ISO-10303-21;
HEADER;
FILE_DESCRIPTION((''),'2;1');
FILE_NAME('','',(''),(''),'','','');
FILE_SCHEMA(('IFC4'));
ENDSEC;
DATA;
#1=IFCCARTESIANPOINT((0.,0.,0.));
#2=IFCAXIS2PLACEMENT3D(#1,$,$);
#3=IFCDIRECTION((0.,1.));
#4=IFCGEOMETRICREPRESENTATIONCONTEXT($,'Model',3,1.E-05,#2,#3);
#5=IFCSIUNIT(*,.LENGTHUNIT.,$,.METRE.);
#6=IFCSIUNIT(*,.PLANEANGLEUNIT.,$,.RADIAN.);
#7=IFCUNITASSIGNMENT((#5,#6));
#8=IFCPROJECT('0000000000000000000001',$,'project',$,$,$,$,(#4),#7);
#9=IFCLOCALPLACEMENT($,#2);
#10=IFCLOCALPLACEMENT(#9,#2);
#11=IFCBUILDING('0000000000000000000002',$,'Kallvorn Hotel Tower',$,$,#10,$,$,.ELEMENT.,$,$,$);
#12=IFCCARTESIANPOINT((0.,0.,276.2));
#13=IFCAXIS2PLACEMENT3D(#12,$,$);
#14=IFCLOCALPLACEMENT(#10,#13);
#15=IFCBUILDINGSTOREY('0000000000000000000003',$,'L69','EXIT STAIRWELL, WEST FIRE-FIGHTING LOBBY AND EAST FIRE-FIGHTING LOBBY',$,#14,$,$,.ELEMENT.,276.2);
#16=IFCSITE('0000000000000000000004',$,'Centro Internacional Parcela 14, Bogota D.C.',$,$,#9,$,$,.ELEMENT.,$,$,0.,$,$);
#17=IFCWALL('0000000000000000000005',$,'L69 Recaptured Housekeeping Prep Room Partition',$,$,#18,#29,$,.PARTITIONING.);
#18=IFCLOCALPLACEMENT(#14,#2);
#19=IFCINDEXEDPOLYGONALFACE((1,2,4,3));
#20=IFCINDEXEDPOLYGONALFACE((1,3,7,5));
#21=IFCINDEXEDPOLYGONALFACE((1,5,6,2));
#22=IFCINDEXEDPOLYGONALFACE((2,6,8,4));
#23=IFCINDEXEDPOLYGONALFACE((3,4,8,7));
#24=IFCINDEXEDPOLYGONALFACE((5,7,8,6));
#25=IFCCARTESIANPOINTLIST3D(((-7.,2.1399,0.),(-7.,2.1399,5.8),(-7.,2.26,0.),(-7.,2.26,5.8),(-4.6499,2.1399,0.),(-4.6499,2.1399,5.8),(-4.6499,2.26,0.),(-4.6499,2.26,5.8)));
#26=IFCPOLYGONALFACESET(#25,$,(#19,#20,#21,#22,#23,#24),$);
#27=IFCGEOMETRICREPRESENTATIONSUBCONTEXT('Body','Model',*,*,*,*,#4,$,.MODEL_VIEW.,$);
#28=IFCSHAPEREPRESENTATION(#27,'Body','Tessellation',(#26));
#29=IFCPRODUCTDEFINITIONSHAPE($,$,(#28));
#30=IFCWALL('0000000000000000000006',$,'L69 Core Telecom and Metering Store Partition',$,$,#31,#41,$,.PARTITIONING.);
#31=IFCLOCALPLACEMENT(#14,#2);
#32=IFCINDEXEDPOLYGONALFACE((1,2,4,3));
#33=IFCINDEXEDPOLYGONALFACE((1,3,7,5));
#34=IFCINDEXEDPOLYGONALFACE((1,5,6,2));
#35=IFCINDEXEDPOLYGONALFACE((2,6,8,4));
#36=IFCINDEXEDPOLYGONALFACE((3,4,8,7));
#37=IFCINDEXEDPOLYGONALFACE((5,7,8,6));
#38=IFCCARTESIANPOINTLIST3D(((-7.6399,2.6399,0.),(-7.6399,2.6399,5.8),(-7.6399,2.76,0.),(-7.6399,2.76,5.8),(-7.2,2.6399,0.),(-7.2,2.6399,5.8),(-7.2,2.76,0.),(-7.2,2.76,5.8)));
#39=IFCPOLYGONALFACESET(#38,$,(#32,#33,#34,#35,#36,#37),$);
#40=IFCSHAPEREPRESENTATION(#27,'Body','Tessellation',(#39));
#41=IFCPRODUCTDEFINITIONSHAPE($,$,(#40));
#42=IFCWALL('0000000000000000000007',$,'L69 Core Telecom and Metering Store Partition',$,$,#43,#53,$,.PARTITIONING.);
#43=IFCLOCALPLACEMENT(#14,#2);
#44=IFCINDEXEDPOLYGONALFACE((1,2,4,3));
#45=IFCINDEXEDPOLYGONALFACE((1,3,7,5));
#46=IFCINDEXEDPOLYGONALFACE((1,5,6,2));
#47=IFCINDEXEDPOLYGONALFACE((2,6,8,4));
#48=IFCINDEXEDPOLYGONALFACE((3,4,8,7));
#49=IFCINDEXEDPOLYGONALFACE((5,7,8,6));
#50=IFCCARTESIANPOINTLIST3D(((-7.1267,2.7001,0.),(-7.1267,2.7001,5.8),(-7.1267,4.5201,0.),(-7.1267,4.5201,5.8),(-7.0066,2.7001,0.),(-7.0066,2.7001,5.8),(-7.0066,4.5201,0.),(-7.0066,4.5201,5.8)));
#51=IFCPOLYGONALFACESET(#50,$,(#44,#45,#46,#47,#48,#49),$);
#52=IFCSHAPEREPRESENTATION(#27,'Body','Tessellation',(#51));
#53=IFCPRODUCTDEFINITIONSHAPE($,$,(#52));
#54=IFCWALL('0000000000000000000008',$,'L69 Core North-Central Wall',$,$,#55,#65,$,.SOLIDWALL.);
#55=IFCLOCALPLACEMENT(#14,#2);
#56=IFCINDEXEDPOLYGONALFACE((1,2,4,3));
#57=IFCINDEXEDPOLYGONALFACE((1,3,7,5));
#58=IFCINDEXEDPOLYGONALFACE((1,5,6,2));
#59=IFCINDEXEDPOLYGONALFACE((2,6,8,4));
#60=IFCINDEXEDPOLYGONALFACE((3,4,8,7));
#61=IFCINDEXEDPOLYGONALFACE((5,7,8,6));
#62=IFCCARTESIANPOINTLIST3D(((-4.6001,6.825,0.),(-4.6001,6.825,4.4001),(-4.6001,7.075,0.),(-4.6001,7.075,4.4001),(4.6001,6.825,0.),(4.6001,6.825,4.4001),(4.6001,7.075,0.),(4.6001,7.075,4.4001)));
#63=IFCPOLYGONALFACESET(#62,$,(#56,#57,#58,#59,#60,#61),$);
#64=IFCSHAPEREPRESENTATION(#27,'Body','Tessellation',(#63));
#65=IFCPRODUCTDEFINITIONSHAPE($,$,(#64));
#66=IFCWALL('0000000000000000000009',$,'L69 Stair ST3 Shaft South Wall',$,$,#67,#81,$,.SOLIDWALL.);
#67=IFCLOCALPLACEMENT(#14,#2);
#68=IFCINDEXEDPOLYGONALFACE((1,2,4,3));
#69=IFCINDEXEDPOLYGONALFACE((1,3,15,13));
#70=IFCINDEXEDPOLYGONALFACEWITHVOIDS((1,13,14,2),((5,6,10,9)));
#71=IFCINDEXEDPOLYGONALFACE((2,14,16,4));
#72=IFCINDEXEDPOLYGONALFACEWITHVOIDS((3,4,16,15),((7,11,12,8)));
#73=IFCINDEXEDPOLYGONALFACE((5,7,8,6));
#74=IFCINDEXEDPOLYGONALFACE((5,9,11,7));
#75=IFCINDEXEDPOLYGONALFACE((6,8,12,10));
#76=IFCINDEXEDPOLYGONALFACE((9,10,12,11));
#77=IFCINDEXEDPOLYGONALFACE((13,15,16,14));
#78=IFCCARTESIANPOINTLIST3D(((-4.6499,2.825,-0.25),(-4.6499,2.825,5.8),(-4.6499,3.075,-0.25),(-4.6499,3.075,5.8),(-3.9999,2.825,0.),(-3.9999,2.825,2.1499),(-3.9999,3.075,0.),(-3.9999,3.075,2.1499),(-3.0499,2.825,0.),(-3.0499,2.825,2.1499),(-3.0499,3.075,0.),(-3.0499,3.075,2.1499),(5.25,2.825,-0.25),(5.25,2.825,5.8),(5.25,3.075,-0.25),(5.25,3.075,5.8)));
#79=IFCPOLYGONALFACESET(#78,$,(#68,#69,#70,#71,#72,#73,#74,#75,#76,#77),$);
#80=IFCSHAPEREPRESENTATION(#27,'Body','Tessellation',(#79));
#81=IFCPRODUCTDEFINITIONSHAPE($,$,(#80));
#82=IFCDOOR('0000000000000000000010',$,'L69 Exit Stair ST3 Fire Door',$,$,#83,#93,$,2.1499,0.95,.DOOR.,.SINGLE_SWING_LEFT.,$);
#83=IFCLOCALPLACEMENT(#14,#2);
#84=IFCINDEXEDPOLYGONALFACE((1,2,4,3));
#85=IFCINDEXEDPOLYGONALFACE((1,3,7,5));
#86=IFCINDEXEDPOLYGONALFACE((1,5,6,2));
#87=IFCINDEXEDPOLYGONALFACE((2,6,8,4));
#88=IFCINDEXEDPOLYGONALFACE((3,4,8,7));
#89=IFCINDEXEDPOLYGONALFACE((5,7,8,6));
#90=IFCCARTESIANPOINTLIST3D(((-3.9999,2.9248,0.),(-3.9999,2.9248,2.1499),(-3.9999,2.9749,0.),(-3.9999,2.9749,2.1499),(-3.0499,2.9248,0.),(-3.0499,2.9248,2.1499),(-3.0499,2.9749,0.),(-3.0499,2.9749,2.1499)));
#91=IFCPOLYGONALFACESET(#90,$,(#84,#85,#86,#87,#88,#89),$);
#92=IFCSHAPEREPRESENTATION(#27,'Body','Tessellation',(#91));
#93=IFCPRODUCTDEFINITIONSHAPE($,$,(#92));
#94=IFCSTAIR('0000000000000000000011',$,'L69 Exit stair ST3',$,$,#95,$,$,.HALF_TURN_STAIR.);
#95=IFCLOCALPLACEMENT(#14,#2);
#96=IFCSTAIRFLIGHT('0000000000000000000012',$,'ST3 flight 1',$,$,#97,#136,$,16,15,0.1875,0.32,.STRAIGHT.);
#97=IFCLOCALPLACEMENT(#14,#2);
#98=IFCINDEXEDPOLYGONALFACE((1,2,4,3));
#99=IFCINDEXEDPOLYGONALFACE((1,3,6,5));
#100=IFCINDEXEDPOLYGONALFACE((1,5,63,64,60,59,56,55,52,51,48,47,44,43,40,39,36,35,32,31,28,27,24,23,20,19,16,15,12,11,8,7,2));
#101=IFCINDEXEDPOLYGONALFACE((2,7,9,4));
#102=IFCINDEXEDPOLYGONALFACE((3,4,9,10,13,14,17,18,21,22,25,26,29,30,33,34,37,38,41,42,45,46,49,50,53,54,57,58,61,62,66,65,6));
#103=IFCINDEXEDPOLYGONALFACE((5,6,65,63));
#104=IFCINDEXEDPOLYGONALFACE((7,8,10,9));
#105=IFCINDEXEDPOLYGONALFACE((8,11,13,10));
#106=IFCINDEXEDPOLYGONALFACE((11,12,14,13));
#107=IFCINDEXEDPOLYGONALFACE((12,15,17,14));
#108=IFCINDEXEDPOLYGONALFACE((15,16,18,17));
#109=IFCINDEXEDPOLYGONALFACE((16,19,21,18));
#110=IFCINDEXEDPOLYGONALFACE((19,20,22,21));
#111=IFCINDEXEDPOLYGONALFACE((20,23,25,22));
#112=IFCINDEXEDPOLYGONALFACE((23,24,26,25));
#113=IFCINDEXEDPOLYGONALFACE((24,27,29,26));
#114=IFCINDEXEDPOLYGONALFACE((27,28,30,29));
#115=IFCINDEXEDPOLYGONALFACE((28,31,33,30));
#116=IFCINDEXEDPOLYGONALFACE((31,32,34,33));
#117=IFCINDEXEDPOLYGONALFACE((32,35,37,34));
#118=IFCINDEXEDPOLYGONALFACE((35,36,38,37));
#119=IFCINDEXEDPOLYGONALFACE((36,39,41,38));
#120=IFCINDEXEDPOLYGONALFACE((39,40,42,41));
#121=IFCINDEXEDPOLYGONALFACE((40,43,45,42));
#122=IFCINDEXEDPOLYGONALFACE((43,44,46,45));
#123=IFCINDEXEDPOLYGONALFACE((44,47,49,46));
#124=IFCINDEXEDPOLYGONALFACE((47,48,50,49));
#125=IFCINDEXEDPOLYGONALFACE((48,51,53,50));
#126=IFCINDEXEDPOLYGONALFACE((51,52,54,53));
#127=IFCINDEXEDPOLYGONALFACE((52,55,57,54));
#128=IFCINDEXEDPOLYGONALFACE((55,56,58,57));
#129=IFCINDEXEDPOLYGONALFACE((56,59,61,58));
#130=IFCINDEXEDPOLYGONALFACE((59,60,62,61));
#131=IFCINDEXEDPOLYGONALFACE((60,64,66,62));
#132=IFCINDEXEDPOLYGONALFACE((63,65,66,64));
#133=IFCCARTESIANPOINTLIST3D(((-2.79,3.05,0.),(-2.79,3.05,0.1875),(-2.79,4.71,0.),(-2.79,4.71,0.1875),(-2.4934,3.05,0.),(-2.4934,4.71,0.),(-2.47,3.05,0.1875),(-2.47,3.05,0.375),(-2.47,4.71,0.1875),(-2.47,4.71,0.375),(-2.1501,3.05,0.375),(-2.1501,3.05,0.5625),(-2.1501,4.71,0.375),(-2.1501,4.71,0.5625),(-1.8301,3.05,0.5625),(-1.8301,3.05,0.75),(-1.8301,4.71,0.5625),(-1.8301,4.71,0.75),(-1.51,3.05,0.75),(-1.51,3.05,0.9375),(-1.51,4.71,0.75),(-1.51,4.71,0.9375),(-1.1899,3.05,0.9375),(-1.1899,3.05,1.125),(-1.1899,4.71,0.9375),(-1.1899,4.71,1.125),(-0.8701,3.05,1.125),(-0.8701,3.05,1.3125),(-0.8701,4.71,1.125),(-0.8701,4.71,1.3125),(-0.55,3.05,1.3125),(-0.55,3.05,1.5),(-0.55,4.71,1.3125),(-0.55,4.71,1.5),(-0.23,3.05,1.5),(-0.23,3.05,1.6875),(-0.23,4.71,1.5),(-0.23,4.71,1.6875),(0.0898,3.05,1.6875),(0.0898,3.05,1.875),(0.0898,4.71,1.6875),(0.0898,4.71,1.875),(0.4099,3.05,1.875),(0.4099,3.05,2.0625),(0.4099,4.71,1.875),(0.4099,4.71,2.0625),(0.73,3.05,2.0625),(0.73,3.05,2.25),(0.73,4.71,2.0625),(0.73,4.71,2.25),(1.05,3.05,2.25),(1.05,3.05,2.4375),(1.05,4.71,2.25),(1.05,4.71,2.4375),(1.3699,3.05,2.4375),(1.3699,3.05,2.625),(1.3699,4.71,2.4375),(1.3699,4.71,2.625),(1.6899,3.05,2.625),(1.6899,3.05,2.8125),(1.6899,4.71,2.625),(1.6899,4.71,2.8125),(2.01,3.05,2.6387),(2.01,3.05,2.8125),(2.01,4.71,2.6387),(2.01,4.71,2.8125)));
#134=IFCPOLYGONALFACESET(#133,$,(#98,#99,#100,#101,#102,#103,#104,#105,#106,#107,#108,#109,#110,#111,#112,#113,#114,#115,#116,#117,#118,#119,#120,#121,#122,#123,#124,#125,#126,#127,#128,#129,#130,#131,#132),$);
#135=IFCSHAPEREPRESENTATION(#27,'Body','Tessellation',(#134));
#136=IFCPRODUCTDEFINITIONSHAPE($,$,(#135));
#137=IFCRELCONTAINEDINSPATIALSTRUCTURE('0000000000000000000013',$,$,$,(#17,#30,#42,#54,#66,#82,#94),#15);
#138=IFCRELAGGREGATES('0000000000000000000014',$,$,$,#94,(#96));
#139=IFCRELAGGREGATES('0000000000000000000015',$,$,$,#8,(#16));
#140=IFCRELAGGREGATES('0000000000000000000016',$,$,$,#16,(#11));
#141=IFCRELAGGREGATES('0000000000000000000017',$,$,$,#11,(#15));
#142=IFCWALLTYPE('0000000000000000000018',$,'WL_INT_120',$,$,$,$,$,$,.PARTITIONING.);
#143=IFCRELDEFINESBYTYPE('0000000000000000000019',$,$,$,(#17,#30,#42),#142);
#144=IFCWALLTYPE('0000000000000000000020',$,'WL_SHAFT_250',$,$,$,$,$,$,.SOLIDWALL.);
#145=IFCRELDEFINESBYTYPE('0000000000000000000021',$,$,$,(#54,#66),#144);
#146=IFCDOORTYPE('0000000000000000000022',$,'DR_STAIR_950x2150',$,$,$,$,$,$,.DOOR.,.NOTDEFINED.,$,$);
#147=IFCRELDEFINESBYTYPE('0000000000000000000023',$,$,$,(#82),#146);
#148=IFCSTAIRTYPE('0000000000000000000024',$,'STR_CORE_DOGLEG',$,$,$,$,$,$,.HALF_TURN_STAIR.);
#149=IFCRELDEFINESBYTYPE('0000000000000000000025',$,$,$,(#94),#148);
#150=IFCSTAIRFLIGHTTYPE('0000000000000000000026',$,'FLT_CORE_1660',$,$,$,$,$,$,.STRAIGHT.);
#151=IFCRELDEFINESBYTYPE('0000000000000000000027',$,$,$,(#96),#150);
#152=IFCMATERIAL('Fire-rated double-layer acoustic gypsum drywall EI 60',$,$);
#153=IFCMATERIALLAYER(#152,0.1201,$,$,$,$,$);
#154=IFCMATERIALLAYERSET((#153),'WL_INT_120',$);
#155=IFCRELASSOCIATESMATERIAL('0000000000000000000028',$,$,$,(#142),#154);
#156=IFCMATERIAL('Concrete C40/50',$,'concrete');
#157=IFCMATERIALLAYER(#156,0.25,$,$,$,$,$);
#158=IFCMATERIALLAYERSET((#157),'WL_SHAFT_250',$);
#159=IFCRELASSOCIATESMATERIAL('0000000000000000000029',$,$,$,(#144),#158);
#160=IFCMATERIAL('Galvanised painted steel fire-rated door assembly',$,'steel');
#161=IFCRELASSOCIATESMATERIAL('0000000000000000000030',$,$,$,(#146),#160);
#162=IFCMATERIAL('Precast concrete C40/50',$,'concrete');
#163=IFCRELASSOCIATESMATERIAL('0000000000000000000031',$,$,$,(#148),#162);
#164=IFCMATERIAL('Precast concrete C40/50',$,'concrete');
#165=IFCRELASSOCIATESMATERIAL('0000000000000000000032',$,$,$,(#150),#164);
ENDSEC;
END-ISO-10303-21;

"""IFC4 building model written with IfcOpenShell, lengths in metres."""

from ifc_helpers import new_model, si_unit, direction, frame, frame_2d, origin, place, context, subcontext, project, spatial, polyline, rectangle, outline, extrude, material, layer, layer_set, type_object, element, fill, aggregate, save


model = new_model("IFC4")

# Units and contexts
model_context = context("Model", 3, precision=1e-05, world=origin(), true_north=direction((0.0, 1.0)))
body_context = subcontext(model_context, "Body", "Model", "MODEL_VIEW")
ifc_project = project(units=[si_unit("LENGTHUNIT", "METRE"), si_unit("PLANEANGLEUNIT", "RADIAN")], contexts=[model_context])

# Site, building, storey
site_placement = place(None, origin())
site = spatial("IfcSite", under=ifc_project, at=site_placement, Name="Centro Internacional Parcela 14, Bogota D.C.", CompositionType="ELEMENT", RefElevation=0.0)
building_placement = place(site_placement, origin())
building = spatial("IfcBuilding", under=site, at=building_placement, Name="Kallvorn Hotel Tower", CompositionType="ELEMENT")
storey_placement = place(building_placement, frame((0.0, 0.0, 276.2)))
storey = spatial("IfcBuildingStorey", under=building, at=storey_placement, Name="L69", Description="EXIT STAIRWELL, WEST FIRE-FIGHTING LOBBY AND EAST FIRE-FIGHTING LOBBY", CompositionType="ELEMENT", Elevation=276.2)

# Walls
ifc_material_1 = material(Name="Fire-rated double-layer acoustic gypsum drywall EI 60")
ifc_layer_1 = layer(ifc_material_1, 0.1201)
ifc_layer_set_1 = layer_set([ifc_layer_1], Name="WL_INT_120")
wall_type_1 = type_object("IfcWallType", Name="WL_INT_120", PredefinedType="PARTITIONING", material=ifc_layer_set_1)
for number, where, z_axis, x_axis, name in (
    (1, (-7.0, 2.2, 0.0), (0.0, 0.0, 1.0), (1.0, 0.0, 0.0), "L69 Recaptured Housekeeping Prep Room Partition"),
):
    element("IfcWall", number, at=place(storey_placement, frame(where, z_axis=z_axis, x_axis=x_axis)), inside=storey, type_object=wall_type_1, Name=name, PredefinedType="PARTITIONING", context=body_context, shape_type="SweptSolid", body=[
        extrude(rectangle(XDim=2.3501, YDim=0.1201, at=frame_2d((1.175, 0.0))), origin(), (0.0, 0.0, 1.0), 5.8),
    ])
wall_1_placement = place(storey_placement, frame((-7.6399, 2.7, 0.0), z_axis=(0.0, 0.0, 1.0), x_axis=(1.0, 0.0, 0.0)))
element("IfcWall", 2, at=wall_1_placement, inside=storey, type_object=wall_type_1, Name="L69 Core Telecom and Metering Store Partition", PredefinedType="PARTITIONING", context=body_context, shape_type="SweptSolid", body=[
    extrude(rectangle(XDim=0.4399, YDim=0.1201, at=frame_2d((0.22, 0.0))), origin(), (0.0, 0.0, 1.0), 5.8),
])
wall_2_placement = place(storey_placement, frame((-7.0667, 2.7, 0.0), z_axis=(0.0, 0.0, 1.0), x_axis=(0.0, 1.0, 0.0)))
element("IfcWall", 3, at=wall_2_placement, inside=storey, type_object=wall_type_1, Name="L69 Core Telecom and Metering Store Partition", PredefinedType="PARTITIONING", context=body_context, shape_type="SweptSolid", body=[
    extrude(rectangle(XDim=1.8201, YDim=0.1201, at=frame_2d((0.9102, 0.0))), origin(), (0.0, 0.0, 1.0), 5.8),
])
ifc_material_2 = material(Name="Concrete C40/50", Category="concrete")
ifc_layer_2 = layer(ifc_material_2, 0.25)
ifc_layer_set_2 = layer_set([ifc_layer_2], Name="WL_SHAFT_250")
wall_type_2 = type_object("IfcWallType", Name="WL_SHAFT_250", PredefinedType="SOLIDWALL", material=ifc_layer_set_2)
wall_3_placement = place(storey_placement, frame((-4.6001, 6.95, 0.0), z_axis=(0.0, 0.0, 1.0), x_axis=(1.0, 0.0, 0.0)))
element("IfcWall", 4, at=wall_3_placement, inside=storey, type_object=wall_type_2, Name="L69 Core North-Central Wall", PredefinedType="SOLIDWALL", context=body_context, shape_type="SweptSolid", body=[
    extrude(rectangle(XDim=9.2002, YDim=0.25, at=frame_2d((4.6001, 0.0))), origin(), (0.0, 0.0, 1.0), 4.4001),
])

# Wall, opening, door
wall_4_placement = place(storey_placement, frame((-4.6499, 2.95, -0.25), z_axis=(0.0, 0.0, 1.0), x_axis=(1.0, 0.0, 0.0)))
wall_4 = element("IfcWall", 5, at=wall_4_placement, inside=storey, type_object=wall_type_2, Name="L69 Stair ST3 Shaft South Wall", PredefinedType="SOLIDWALL", context=body_context, shape_type="SweptSolid", body=[
    extrude(rectangle(XDim=9.8999, YDim=0.25, at=frame_2d((4.95, 0.0))), origin(), (0.0, 0.0, 1.0), 6.05),
])
opening_placement = place(wall_4_placement, frame((0.6499, 0.0, 0.25)))
opening = element("IfcOpeningElement", 6, at=opening_placement, cuts=wall_4, PredefinedType="OPENING", context=body_context, shape_type="SweptSolid", body=[
    extrude(rectangle(XDim=0.95, YDim=2.1499, at=frame_2d((0.4751, 1.075))), frame((0.0, 0.1399, 0.0), z_axis=(0.0, -1.0, 0.0), x_axis=(1.0, 0.0, 0.0)), (0.0, 0.0, 1.0), 0.28),
])
ifc_material_3 = material(Name="Galvanised painted steel fire-rated door assembly", Category="steel")
door_type = type_object("IfcDoorType", Name="DR_STAIR_950x2150", OperationType="NOTDEFINED", PredefinedType="DOOR", material=ifc_material_3)
door_placement = place(opening_placement, origin())
door = element("IfcDoor", 7, at=door_placement, inside=storey, type_object=door_type, Name="L69 Exit Stair ST3 Fire Door", OperationType="SINGLE_SWING_LEFT", OverallHeight=2.1499, OverallWidth=0.95, PredefinedType="DOOR", context=body_context, shape_type="SweptSolid", body=[
    extrude(rectangle(XDim=0.95, YDim=2.1499, at=frame_2d((0.4751, 1.075))), frame((0.0, 0.0249, 0.0), z_axis=(0.0, -1.0, 0.0), x_axis=(1.0, 0.0, 0.0)), (0.0, 0.0, 1.0), 0.05),
])
fill(opening, door)

# Stair, stair flight
ifc_material_4 = material(Name="Precast concrete C40/50", Category="concrete")
stair_type = type_object("IfcStairType", Name="STR_CORE_DOGLEG", PredefinedType="HALF_TURN_STAIR", material=ifc_material_4)
stair_placement = place(storey_placement, origin())
stair = element("IfcStair", 8, at=stair_placement, inside=storey, type_object=stair_type, Name="L69 Exit stair ST3", PredefinedType="HALF_TURN_STAIR")
ifc_material_5 = material(Name="Precast concrete C40/50", Category="concrete")
stair_flight_type = type_object("IfcStairFlightType", Name="FLT_CORE_1660", PredefinedType="STRAIGHT", material=ifc_material_5)
stair_flight_placement = place(storey_placement, frame((-2.79, 3.8799, 0.0), z_axis=(0.0, 0.0, 1.0), x_axis=(1.0, 0.0, 0.0)))
stair_flight = element("IfcStairFlight", 9, at=stair_flight_placement, type_object=stair_flight_type, Name="ST3 flight 1", NumberOfRisers=16, NumberOfTreads=15, PredefinedType="STRAIGHT", RiserHeight=0.1875, TreadLength=0.32, context=body_context, shape_type="SweptSolid", body=[
    extrude(outline(polyline([(0.0, 0.0), (0.0, 0.1875), (0.3201, 0.1875), (0.3201, 0.375), (0.6399, 0.375), (0.6399, 0.5625), (0.96, 0.5625), (0.96, 0.75), (1.28, 0.75), (1.28, 0.9375), (1.6001, 0.9375), (1.6001, 1.125), (1.9199, 1.125), (1.9199, 1.3125), (2.24, 1.3125), (2.24, 1.5), (2.5601, 1.5), (2.5601, 1.6875), (2.8799, 1.6875), (2.8799, 1.875), (3.2, 1.875), (3.2, 2.0625), (3.52, 2.0625), (3.52, 2.25), (3.8401, 2.25), (3.8401, 2.4375), (4.1599, 2.4375), (4.1599, 2.625), (4.48, 2.625), (4.48, 2.8125), (4.8, 2.8125), (4.8, 3.0), (4.8, 2.6387), (0.2966, 0.0), (0.0, 0.0)])), frame((0.0, 0.8301, 0.0), z_axis=(0.0, -1.0, 0.0), x_axis=(1.0, 0.0, 0.0)), (0.0, 0.0, 1.0), 1.6599),
])
aggregate(stair, [stair_flight])

save(model, "model.ifc")
